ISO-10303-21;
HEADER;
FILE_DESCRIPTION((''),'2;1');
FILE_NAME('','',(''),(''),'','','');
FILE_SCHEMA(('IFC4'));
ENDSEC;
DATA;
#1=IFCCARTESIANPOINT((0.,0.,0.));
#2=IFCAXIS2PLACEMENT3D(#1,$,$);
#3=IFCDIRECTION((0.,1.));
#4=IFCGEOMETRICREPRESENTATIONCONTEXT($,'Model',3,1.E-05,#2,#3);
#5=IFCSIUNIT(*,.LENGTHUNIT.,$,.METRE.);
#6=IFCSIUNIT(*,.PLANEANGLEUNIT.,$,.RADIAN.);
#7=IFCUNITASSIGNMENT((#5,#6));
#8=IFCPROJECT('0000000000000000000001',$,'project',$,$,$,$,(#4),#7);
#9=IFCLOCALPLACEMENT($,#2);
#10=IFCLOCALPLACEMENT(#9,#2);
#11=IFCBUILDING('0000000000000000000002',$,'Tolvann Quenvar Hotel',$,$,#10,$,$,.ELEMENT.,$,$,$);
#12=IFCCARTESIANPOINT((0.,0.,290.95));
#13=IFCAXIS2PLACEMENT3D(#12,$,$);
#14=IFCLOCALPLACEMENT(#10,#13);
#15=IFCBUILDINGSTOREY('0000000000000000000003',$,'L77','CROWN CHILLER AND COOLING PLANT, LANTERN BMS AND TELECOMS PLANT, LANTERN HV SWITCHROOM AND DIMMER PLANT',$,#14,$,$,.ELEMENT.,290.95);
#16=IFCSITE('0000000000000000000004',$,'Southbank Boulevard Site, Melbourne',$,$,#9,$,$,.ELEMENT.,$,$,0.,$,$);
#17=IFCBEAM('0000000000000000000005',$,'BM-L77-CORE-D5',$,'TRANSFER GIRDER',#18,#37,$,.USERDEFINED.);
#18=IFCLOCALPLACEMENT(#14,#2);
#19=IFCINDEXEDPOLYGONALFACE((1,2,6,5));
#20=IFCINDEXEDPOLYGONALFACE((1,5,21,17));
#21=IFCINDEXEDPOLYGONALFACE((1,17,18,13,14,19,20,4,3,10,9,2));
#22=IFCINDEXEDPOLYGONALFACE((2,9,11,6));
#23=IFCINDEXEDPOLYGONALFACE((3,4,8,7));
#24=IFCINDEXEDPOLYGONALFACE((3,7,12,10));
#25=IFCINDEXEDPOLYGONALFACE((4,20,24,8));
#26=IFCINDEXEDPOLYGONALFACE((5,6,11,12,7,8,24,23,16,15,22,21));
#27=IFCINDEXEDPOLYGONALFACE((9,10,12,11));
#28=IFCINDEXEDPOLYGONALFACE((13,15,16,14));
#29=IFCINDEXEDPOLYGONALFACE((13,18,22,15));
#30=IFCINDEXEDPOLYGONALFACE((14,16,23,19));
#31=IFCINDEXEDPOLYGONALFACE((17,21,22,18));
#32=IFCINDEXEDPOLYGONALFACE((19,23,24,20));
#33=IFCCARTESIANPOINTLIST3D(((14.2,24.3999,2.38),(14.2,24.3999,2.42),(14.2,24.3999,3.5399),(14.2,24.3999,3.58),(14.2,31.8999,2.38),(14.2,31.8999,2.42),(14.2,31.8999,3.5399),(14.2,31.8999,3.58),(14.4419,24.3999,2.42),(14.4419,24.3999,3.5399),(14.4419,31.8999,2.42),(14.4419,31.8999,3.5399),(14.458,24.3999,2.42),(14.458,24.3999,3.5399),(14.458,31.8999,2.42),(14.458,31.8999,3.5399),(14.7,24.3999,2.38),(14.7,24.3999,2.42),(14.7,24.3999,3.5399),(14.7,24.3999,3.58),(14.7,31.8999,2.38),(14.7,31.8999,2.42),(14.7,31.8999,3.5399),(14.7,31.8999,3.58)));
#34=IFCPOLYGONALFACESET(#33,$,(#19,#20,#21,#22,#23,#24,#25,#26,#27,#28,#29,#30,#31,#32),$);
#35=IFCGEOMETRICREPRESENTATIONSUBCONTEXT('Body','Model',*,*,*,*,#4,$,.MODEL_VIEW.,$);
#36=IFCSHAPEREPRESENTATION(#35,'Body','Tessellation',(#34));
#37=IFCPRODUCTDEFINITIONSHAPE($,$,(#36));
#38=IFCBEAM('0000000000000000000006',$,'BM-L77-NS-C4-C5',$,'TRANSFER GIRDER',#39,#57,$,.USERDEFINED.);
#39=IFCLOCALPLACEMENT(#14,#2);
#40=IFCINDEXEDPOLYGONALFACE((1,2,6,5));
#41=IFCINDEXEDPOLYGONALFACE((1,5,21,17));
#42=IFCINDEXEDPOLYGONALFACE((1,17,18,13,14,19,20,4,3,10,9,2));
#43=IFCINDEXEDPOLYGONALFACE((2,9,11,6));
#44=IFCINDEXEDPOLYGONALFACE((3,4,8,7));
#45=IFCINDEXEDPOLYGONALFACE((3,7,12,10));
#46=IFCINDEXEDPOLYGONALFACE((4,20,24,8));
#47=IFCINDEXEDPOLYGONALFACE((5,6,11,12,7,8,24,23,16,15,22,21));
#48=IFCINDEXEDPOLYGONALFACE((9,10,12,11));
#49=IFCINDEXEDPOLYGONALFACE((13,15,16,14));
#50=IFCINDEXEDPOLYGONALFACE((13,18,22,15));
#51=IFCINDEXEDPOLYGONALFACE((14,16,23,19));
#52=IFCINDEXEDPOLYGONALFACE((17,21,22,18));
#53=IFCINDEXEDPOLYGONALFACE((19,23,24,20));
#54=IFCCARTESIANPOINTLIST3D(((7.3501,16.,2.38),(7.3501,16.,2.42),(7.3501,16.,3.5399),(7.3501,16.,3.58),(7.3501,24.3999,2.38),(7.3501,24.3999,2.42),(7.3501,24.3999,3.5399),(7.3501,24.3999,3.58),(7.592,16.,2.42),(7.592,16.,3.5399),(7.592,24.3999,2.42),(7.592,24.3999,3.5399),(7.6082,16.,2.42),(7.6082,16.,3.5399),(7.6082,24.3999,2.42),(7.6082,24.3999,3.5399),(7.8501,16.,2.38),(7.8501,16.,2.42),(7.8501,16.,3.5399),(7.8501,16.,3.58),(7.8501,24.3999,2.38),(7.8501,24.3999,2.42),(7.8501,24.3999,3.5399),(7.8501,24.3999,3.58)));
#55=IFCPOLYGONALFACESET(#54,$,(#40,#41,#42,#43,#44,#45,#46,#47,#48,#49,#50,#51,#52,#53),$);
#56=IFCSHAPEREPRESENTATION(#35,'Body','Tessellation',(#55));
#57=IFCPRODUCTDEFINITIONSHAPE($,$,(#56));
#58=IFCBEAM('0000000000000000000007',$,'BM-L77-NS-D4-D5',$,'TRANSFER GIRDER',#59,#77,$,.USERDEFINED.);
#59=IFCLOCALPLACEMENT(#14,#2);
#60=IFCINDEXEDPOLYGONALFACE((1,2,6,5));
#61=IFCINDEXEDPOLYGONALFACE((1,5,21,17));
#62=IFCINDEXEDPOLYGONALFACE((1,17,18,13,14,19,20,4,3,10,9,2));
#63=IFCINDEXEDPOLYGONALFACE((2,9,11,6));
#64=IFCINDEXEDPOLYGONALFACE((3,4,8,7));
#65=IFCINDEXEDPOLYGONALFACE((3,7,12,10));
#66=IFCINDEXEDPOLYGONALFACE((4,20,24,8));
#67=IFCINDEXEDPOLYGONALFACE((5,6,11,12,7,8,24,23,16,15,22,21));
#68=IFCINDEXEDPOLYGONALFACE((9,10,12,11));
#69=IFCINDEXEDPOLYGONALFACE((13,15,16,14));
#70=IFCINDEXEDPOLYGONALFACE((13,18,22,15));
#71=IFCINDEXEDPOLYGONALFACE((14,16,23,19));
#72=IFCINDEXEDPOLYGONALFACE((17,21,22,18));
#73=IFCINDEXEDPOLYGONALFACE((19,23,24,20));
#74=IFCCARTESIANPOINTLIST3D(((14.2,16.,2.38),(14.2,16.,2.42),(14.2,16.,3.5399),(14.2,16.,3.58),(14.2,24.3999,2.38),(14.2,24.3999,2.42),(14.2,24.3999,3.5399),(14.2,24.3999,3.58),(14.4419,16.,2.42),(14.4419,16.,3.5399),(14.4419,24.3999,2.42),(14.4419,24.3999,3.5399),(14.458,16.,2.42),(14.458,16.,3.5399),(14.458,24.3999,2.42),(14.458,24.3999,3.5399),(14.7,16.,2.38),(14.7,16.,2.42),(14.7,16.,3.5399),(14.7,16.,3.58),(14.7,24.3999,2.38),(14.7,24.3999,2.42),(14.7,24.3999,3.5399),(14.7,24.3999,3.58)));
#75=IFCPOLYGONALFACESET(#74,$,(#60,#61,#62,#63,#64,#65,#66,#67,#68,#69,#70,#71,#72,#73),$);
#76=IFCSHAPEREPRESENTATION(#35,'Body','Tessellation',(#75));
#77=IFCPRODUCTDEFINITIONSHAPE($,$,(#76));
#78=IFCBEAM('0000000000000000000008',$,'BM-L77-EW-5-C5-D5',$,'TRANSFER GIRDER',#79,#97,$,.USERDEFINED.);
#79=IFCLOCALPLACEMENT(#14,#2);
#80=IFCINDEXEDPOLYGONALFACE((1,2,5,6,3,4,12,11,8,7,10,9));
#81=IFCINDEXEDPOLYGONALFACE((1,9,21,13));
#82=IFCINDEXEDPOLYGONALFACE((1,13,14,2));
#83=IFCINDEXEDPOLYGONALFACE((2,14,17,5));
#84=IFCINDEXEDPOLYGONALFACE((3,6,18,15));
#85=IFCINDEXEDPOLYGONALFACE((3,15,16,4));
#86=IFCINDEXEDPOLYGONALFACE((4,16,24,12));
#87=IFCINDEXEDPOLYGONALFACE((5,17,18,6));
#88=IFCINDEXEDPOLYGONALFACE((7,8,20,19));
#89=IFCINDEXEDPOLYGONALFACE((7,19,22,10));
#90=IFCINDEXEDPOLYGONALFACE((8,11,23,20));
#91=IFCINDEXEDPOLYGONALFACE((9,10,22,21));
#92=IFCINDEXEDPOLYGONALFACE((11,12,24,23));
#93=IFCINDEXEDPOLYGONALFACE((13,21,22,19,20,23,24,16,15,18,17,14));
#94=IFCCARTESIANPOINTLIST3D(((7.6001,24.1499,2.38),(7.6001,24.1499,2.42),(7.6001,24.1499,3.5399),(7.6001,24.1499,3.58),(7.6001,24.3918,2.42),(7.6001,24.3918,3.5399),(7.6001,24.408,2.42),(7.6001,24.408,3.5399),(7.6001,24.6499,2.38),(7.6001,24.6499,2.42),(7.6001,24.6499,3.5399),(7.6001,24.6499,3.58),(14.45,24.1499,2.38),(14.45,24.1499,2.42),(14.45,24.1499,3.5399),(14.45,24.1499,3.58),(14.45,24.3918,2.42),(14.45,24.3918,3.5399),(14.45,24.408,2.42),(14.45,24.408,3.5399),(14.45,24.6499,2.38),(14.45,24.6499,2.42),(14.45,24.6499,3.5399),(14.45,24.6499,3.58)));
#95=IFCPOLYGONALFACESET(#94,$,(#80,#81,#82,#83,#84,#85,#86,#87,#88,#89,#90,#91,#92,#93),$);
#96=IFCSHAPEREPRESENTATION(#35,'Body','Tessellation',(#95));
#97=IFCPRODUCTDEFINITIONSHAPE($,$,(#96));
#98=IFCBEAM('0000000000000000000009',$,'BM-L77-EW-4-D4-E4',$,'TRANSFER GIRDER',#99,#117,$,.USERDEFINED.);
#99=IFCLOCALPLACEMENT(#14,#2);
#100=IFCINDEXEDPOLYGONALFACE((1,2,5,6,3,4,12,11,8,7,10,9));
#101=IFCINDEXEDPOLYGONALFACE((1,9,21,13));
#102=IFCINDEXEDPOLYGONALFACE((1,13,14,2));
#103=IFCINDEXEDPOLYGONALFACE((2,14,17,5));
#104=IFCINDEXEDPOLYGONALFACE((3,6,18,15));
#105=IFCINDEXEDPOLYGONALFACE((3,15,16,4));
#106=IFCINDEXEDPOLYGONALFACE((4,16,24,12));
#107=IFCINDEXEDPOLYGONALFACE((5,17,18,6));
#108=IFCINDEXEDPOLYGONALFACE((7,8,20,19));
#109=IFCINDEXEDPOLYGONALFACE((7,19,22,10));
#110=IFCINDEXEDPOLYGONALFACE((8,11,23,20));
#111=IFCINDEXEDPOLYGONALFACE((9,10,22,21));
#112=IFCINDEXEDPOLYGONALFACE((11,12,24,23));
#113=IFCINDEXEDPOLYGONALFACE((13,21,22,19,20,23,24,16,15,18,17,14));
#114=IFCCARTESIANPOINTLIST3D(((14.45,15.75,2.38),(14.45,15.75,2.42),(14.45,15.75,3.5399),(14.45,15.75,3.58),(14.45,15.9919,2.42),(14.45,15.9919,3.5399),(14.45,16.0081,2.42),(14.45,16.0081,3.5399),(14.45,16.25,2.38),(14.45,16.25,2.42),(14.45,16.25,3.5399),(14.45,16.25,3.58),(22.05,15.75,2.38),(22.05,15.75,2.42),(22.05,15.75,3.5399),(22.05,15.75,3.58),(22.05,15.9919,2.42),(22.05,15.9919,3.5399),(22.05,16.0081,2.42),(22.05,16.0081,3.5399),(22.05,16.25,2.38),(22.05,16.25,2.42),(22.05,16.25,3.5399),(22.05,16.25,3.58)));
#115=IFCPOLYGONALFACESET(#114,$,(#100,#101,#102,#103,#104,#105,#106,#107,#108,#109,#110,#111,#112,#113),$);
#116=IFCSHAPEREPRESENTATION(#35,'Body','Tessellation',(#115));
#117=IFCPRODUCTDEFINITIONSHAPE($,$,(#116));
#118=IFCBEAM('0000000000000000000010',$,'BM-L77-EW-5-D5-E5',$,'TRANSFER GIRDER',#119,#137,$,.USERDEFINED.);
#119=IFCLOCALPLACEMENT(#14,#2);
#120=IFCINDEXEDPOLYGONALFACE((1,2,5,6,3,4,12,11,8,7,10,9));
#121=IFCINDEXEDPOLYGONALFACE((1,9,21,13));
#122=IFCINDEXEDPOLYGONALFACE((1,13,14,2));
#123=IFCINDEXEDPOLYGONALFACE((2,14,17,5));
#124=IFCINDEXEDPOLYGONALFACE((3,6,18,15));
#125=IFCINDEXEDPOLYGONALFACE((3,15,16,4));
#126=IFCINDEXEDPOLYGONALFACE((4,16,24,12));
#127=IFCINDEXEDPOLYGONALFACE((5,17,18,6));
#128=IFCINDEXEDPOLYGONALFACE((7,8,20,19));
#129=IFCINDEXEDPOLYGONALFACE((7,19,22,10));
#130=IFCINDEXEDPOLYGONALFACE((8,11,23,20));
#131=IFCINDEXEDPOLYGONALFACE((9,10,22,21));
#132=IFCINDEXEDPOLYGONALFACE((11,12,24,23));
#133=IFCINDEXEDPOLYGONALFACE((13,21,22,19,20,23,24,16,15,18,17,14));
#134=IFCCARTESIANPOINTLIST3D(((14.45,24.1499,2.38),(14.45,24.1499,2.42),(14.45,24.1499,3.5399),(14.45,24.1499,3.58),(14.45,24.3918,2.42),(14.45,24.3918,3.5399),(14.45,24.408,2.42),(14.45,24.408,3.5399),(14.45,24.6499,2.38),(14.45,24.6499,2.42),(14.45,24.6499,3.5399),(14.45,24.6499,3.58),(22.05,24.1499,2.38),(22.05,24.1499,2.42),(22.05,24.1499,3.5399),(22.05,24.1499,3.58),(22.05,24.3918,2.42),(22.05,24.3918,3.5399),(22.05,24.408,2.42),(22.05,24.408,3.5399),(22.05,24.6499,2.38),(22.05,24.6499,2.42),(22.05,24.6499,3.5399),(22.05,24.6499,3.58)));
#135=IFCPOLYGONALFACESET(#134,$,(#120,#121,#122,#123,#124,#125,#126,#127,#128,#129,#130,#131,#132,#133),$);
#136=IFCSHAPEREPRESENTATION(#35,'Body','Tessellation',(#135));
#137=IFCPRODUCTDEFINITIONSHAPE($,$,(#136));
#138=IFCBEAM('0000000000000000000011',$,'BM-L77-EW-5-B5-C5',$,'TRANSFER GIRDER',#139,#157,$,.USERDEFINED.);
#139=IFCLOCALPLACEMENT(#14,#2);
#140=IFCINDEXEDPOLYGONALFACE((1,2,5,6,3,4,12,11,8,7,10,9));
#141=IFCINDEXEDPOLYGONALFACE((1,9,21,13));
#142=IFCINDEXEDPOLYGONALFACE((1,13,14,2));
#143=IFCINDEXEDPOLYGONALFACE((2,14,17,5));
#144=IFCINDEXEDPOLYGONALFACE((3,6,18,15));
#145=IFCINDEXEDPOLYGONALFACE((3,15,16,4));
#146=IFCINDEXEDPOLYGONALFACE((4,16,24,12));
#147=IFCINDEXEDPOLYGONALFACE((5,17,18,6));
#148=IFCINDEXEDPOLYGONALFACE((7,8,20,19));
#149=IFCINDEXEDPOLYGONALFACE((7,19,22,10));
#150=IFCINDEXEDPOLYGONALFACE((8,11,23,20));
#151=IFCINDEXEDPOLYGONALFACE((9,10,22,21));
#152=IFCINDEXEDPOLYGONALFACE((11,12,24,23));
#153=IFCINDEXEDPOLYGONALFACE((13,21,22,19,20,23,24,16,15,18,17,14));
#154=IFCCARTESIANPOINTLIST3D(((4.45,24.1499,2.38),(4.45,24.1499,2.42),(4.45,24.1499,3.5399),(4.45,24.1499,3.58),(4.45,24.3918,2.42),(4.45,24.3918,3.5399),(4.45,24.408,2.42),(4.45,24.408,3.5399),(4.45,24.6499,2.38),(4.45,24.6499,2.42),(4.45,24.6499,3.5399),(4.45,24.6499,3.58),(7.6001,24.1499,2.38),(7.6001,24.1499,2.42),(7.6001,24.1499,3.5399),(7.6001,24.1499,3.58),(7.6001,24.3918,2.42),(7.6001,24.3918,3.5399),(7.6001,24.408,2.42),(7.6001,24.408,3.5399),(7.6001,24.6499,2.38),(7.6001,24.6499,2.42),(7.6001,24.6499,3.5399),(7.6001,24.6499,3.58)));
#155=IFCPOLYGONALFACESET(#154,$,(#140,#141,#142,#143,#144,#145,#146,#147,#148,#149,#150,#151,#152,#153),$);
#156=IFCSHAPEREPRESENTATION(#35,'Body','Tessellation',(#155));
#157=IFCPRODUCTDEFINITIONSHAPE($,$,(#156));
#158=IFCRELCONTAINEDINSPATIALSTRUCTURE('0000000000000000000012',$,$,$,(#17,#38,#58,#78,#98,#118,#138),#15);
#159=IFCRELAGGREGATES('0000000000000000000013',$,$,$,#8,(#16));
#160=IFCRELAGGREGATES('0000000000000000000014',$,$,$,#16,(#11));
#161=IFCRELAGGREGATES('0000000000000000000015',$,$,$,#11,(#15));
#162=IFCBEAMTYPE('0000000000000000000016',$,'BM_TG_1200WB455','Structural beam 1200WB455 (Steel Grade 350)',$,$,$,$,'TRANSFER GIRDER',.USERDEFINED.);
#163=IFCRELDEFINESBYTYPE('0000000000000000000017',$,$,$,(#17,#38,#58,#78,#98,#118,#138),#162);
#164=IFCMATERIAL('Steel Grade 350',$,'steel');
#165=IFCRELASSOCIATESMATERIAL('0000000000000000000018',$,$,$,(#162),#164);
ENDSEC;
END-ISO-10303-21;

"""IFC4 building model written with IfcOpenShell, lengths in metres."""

from ifc_helpers import new_model, si_unit, direction, frame, origin, origin_2d, place, context, subcontext, project, spatial, i_section, extrude, source, transform, mapped, material, material_profile, profile_set, type_object, type_shapes, element, save


model = new_model("IFC4")

# Units and contexts
model_context = context("Model", 3, precision=1e-05, world=origin(), true_north=direction((0.0, 1.0)))
body_context = subcontext(model_context, "Body", "Model", "MODEL_VIEW")
ifc_project = project(units=[si_unit("LENGTHUNIT", "METRE"), si_unit("PLANEANGLEUNIT", "RADIAN")], contexts=[model_context])

# Site, building, storey
site_placement = place(None, origin())
site = spatial("IfcSite", under=ifc_project, at=site_placement, Name="Southbank Boulevard Site, Melbourne", CompositionType="ELEMENT", RefElevation=0.0)
building_placement = place(site_placement, origin())
building = spatial("IfcBuilding", under=site, at=building_placement, Name="Tolvann Quenvar Hotel", CompositionType="ELEMENT")
storey_placement = place(building_placement, frame((0.0, 0.0, 290.95)))
storey = spatial("IfcBuildingStorey", under=building, at=storey_placement, Name="L77", Description="CROWN CHILLER AND COOLING PLANT, LANTERN BMS AND TELECOMS PLANT, LANTERN HV SWITCHROOM AND DIMMER PLANT", CompositionType="ELEMENT", Elevation=290.95)

# Shared definitions
ifc_material_1 = material(Name="Steel Grade 350", Category="steel")

# Beams
ifc_material_profile_1 = material_profile(ifc_material_1, i_section(OverallWidth=0.5, OverallDepth=1.2, WebThickness=0.0161, FlangeThickness=0.04, at=origin_2d()), Name="1200WB455")
ifc_profile_set_1 = profile_set([ifc_material_profile_1], Name="Steel Grade 350")
beam_type_1 = type_object("IfcBeamType", Name="BM_TG_1200WB455", Description="Structural beam 1200WB455 (Steel Grade 350)", ElementType="TRANSFER GIRDER", PredefinedType="USERDEFINED", material=ifc_profile_set_1)
shared_shape_1 = source(origin(), body_context, "Body", "SweptSolid", [
    extrude(i_section(OverallWidth=0.5, OverallDepth=1.2, WebThickness=0.0161, FlangeThickness=0.04, at=origin_2d()), origin(), (0.0, 0.0, 1.0), 7.5),
])
beam_1_placement = place(storey_placement, frame((14.45, 24.3999, 2.98), z_axis=(0.0, 1.0, 0.0), x_axis=(-1.0, 0.0, 0.0)))
element("IfcBeam", 1, at=beam_1_placement, inside=storey, type_object=beam_type_1, Name="BM-L77-CORE-D5", ObjectType="TRANSFER GIRDER", PredefinedType="USERDEFINED", context=body_context, shape_type="MappedRepresentation", body=[
    mapped(shared_shape_1, transform((0.0, 0.0, 0.0), x_axis=(1.0, 0.0, 0.0), y_axis=(0.0, 1.0, 0.0), z_axis=(0.0, 0.0, 1.0), scale=1.0)),
])
shared_shape_2 = source(origin(), body_context, "Body", "SweptSolid", [
    extrude(i_section(OverallWidth=0.5, OverallDepth=1.2, WebThickness=0.0161, FlangeThickness=0.04, at=origin_2d()), origin(), (0.0, 0.0, 1.0), 8.3999),
])
for number, where, z_axis, x_axis, name in (
    (2, (7.6001, 16.0, 2.98), (0.0, 1.0, 0.0), (-1.0, 0.0, 0.0), "BM-L77-NS-C4-C5"),
    (3, (14.45, 16.0, 2.98), (0.0, 1.0, 0.0), (-1.0, 0.0, 0.0), "BM-L77-NS-D4-D5"),
):
    element("IfcBeam", number, at=place(storey_placement, frame(where, z_axis=z_axis, x_axis=x_axis)), inside=storey, type_object=beam_type_1, Name=name, ObjectType="TRANSFER GIRDER", PredefinedType="USERDEFINED", context=body_context, shape_type="MappedRepresentation", body=[
        mapped(shared_shape_2, transform((0.0, 0.0, 0.0), x_axis=(1.0, 0.0, 0.0), y_axis=(0.0, 1.0, 0.0), z_axis=(0.0, 0.0, 1.0), scale=1.0)),
    ])
shared_shape_3 = source(origin(), body_context, "Body", "SweptSolid", [
    extrude(i_section(OverallWidth=0.5, OverallDepth=1.2, WebThickness=0.0161, FlangeThickness=0.04, at=origin_2d()), origin(), (0.0, 0.0, 1.0), 6.8499),
])
beam_2_placement = place(storey_placement, frame((7.6001, 24.3999, 2.98), z_axis=(1.0, 0.0, 0.0), x_axis=(0.0, 1.0, 0.0)))
element("IfcBeam", 4, at=beam_2_placement, inside=storey, type_object=beam_type_1, Name="BM-L77-EW-5-C5-D5", ObjectType="TRANSFER GIRDER", PredefinedType="USERDEFINED", context=body_context, shape_type="MappedRepresentation", body=[
    mapped(shared_shape_3, transform((0.0, 0.0, 0.0), x_axis=(1.0, 0.0, 0.0), y_axis=(0.0, 1.0, 0.0), z_axis=(0.0, 0.0, 1.0), scale=1.0)),
])
shared_shape_4 = source(origin(), body_context, "Body", "SweptSolid", [
    extrude(i_section(OverallWidth=0.5, OverallDepth=1.2, WebThickness=0.0161, FlangeThickness=0.04, at=origin_2d()), origin(), (0.0, 0.0, 1.0), 7.6001),
])
for number, where, z_axis, x_axis, name in (
    (5, (14.45, 16.0, 2.98), (1.0, 0.0, 0.0), (0.0, 1.0, 0.0), "BM-L77-EW-4-D4-E4"),
    (6, (14.45, 24.3999, 2.98), (1.0, 0.0, 0.0), (0.0, 1.0, 0.0), "BM-L77-EW-5-D5-E5"),
):
    element("IfcBeam", number, at=place(storey_placement, frame(where, z_axis=z_axis, x_axis=x_axis)), inside=storey, type_object=beam_type_1, Name=name, ObjectType="TRANSFER GIRDER", PredefinedType="USERDEFINED", context=body_context, shape_type="MappedRepresentation", body=[
        mapped(shared_shape_4, transform((0.0, 0.0, 0.0), x_axis=(1.0, 0.0, 0.0), y_axis=(0.0, 1.0, 0.0), z_axis=(0.0, 0.0, 1.0), scale=1.0)),
    ])
shared_shape_5 = source(origin(), body_context, "Body", "SweptSolid", [
    extrude(i_section(OverallWidth=0.5, OverallDepth=1.2, WebThickness=0.0161, FlangeThickness=0.04, at=origin_2d()), origin(), (0.0, 0.0, 1.0), 3.1501),
])
type_shapes(beam_type_1, [shared_shape_1, shared_shape_2, shared_shape_3, shared_shape_4, shared_shape_5])
beam_3_placement = place(storey_placement, frame((4.45, 24.3999, 2.98), z_axis=(1.0, 0.0, 0.0), x_axis=(0.0, 1.0, 0.0)))
element("IfcBeam", 7, at=beam_3_placement, inside=storey, type_object=beam_type_1, Name="BM-L77-EW-5-B5-C5", ObjectType="TRANSFER GIRDER", PredefinedType="USERDEFINED", context=body_context, shape_type="MappedRepresentation", body=[
    mapped(shared_shape_5, transform((0.0, 0.0, 0.0), x_axis=(1.0, 0.0, 0.0), y_axis=(0.0, 1.0, 0.0), z_axis=(0.0, 0.0, 1.0), scale=1.0)),
])

save(model, "model.ifc")
